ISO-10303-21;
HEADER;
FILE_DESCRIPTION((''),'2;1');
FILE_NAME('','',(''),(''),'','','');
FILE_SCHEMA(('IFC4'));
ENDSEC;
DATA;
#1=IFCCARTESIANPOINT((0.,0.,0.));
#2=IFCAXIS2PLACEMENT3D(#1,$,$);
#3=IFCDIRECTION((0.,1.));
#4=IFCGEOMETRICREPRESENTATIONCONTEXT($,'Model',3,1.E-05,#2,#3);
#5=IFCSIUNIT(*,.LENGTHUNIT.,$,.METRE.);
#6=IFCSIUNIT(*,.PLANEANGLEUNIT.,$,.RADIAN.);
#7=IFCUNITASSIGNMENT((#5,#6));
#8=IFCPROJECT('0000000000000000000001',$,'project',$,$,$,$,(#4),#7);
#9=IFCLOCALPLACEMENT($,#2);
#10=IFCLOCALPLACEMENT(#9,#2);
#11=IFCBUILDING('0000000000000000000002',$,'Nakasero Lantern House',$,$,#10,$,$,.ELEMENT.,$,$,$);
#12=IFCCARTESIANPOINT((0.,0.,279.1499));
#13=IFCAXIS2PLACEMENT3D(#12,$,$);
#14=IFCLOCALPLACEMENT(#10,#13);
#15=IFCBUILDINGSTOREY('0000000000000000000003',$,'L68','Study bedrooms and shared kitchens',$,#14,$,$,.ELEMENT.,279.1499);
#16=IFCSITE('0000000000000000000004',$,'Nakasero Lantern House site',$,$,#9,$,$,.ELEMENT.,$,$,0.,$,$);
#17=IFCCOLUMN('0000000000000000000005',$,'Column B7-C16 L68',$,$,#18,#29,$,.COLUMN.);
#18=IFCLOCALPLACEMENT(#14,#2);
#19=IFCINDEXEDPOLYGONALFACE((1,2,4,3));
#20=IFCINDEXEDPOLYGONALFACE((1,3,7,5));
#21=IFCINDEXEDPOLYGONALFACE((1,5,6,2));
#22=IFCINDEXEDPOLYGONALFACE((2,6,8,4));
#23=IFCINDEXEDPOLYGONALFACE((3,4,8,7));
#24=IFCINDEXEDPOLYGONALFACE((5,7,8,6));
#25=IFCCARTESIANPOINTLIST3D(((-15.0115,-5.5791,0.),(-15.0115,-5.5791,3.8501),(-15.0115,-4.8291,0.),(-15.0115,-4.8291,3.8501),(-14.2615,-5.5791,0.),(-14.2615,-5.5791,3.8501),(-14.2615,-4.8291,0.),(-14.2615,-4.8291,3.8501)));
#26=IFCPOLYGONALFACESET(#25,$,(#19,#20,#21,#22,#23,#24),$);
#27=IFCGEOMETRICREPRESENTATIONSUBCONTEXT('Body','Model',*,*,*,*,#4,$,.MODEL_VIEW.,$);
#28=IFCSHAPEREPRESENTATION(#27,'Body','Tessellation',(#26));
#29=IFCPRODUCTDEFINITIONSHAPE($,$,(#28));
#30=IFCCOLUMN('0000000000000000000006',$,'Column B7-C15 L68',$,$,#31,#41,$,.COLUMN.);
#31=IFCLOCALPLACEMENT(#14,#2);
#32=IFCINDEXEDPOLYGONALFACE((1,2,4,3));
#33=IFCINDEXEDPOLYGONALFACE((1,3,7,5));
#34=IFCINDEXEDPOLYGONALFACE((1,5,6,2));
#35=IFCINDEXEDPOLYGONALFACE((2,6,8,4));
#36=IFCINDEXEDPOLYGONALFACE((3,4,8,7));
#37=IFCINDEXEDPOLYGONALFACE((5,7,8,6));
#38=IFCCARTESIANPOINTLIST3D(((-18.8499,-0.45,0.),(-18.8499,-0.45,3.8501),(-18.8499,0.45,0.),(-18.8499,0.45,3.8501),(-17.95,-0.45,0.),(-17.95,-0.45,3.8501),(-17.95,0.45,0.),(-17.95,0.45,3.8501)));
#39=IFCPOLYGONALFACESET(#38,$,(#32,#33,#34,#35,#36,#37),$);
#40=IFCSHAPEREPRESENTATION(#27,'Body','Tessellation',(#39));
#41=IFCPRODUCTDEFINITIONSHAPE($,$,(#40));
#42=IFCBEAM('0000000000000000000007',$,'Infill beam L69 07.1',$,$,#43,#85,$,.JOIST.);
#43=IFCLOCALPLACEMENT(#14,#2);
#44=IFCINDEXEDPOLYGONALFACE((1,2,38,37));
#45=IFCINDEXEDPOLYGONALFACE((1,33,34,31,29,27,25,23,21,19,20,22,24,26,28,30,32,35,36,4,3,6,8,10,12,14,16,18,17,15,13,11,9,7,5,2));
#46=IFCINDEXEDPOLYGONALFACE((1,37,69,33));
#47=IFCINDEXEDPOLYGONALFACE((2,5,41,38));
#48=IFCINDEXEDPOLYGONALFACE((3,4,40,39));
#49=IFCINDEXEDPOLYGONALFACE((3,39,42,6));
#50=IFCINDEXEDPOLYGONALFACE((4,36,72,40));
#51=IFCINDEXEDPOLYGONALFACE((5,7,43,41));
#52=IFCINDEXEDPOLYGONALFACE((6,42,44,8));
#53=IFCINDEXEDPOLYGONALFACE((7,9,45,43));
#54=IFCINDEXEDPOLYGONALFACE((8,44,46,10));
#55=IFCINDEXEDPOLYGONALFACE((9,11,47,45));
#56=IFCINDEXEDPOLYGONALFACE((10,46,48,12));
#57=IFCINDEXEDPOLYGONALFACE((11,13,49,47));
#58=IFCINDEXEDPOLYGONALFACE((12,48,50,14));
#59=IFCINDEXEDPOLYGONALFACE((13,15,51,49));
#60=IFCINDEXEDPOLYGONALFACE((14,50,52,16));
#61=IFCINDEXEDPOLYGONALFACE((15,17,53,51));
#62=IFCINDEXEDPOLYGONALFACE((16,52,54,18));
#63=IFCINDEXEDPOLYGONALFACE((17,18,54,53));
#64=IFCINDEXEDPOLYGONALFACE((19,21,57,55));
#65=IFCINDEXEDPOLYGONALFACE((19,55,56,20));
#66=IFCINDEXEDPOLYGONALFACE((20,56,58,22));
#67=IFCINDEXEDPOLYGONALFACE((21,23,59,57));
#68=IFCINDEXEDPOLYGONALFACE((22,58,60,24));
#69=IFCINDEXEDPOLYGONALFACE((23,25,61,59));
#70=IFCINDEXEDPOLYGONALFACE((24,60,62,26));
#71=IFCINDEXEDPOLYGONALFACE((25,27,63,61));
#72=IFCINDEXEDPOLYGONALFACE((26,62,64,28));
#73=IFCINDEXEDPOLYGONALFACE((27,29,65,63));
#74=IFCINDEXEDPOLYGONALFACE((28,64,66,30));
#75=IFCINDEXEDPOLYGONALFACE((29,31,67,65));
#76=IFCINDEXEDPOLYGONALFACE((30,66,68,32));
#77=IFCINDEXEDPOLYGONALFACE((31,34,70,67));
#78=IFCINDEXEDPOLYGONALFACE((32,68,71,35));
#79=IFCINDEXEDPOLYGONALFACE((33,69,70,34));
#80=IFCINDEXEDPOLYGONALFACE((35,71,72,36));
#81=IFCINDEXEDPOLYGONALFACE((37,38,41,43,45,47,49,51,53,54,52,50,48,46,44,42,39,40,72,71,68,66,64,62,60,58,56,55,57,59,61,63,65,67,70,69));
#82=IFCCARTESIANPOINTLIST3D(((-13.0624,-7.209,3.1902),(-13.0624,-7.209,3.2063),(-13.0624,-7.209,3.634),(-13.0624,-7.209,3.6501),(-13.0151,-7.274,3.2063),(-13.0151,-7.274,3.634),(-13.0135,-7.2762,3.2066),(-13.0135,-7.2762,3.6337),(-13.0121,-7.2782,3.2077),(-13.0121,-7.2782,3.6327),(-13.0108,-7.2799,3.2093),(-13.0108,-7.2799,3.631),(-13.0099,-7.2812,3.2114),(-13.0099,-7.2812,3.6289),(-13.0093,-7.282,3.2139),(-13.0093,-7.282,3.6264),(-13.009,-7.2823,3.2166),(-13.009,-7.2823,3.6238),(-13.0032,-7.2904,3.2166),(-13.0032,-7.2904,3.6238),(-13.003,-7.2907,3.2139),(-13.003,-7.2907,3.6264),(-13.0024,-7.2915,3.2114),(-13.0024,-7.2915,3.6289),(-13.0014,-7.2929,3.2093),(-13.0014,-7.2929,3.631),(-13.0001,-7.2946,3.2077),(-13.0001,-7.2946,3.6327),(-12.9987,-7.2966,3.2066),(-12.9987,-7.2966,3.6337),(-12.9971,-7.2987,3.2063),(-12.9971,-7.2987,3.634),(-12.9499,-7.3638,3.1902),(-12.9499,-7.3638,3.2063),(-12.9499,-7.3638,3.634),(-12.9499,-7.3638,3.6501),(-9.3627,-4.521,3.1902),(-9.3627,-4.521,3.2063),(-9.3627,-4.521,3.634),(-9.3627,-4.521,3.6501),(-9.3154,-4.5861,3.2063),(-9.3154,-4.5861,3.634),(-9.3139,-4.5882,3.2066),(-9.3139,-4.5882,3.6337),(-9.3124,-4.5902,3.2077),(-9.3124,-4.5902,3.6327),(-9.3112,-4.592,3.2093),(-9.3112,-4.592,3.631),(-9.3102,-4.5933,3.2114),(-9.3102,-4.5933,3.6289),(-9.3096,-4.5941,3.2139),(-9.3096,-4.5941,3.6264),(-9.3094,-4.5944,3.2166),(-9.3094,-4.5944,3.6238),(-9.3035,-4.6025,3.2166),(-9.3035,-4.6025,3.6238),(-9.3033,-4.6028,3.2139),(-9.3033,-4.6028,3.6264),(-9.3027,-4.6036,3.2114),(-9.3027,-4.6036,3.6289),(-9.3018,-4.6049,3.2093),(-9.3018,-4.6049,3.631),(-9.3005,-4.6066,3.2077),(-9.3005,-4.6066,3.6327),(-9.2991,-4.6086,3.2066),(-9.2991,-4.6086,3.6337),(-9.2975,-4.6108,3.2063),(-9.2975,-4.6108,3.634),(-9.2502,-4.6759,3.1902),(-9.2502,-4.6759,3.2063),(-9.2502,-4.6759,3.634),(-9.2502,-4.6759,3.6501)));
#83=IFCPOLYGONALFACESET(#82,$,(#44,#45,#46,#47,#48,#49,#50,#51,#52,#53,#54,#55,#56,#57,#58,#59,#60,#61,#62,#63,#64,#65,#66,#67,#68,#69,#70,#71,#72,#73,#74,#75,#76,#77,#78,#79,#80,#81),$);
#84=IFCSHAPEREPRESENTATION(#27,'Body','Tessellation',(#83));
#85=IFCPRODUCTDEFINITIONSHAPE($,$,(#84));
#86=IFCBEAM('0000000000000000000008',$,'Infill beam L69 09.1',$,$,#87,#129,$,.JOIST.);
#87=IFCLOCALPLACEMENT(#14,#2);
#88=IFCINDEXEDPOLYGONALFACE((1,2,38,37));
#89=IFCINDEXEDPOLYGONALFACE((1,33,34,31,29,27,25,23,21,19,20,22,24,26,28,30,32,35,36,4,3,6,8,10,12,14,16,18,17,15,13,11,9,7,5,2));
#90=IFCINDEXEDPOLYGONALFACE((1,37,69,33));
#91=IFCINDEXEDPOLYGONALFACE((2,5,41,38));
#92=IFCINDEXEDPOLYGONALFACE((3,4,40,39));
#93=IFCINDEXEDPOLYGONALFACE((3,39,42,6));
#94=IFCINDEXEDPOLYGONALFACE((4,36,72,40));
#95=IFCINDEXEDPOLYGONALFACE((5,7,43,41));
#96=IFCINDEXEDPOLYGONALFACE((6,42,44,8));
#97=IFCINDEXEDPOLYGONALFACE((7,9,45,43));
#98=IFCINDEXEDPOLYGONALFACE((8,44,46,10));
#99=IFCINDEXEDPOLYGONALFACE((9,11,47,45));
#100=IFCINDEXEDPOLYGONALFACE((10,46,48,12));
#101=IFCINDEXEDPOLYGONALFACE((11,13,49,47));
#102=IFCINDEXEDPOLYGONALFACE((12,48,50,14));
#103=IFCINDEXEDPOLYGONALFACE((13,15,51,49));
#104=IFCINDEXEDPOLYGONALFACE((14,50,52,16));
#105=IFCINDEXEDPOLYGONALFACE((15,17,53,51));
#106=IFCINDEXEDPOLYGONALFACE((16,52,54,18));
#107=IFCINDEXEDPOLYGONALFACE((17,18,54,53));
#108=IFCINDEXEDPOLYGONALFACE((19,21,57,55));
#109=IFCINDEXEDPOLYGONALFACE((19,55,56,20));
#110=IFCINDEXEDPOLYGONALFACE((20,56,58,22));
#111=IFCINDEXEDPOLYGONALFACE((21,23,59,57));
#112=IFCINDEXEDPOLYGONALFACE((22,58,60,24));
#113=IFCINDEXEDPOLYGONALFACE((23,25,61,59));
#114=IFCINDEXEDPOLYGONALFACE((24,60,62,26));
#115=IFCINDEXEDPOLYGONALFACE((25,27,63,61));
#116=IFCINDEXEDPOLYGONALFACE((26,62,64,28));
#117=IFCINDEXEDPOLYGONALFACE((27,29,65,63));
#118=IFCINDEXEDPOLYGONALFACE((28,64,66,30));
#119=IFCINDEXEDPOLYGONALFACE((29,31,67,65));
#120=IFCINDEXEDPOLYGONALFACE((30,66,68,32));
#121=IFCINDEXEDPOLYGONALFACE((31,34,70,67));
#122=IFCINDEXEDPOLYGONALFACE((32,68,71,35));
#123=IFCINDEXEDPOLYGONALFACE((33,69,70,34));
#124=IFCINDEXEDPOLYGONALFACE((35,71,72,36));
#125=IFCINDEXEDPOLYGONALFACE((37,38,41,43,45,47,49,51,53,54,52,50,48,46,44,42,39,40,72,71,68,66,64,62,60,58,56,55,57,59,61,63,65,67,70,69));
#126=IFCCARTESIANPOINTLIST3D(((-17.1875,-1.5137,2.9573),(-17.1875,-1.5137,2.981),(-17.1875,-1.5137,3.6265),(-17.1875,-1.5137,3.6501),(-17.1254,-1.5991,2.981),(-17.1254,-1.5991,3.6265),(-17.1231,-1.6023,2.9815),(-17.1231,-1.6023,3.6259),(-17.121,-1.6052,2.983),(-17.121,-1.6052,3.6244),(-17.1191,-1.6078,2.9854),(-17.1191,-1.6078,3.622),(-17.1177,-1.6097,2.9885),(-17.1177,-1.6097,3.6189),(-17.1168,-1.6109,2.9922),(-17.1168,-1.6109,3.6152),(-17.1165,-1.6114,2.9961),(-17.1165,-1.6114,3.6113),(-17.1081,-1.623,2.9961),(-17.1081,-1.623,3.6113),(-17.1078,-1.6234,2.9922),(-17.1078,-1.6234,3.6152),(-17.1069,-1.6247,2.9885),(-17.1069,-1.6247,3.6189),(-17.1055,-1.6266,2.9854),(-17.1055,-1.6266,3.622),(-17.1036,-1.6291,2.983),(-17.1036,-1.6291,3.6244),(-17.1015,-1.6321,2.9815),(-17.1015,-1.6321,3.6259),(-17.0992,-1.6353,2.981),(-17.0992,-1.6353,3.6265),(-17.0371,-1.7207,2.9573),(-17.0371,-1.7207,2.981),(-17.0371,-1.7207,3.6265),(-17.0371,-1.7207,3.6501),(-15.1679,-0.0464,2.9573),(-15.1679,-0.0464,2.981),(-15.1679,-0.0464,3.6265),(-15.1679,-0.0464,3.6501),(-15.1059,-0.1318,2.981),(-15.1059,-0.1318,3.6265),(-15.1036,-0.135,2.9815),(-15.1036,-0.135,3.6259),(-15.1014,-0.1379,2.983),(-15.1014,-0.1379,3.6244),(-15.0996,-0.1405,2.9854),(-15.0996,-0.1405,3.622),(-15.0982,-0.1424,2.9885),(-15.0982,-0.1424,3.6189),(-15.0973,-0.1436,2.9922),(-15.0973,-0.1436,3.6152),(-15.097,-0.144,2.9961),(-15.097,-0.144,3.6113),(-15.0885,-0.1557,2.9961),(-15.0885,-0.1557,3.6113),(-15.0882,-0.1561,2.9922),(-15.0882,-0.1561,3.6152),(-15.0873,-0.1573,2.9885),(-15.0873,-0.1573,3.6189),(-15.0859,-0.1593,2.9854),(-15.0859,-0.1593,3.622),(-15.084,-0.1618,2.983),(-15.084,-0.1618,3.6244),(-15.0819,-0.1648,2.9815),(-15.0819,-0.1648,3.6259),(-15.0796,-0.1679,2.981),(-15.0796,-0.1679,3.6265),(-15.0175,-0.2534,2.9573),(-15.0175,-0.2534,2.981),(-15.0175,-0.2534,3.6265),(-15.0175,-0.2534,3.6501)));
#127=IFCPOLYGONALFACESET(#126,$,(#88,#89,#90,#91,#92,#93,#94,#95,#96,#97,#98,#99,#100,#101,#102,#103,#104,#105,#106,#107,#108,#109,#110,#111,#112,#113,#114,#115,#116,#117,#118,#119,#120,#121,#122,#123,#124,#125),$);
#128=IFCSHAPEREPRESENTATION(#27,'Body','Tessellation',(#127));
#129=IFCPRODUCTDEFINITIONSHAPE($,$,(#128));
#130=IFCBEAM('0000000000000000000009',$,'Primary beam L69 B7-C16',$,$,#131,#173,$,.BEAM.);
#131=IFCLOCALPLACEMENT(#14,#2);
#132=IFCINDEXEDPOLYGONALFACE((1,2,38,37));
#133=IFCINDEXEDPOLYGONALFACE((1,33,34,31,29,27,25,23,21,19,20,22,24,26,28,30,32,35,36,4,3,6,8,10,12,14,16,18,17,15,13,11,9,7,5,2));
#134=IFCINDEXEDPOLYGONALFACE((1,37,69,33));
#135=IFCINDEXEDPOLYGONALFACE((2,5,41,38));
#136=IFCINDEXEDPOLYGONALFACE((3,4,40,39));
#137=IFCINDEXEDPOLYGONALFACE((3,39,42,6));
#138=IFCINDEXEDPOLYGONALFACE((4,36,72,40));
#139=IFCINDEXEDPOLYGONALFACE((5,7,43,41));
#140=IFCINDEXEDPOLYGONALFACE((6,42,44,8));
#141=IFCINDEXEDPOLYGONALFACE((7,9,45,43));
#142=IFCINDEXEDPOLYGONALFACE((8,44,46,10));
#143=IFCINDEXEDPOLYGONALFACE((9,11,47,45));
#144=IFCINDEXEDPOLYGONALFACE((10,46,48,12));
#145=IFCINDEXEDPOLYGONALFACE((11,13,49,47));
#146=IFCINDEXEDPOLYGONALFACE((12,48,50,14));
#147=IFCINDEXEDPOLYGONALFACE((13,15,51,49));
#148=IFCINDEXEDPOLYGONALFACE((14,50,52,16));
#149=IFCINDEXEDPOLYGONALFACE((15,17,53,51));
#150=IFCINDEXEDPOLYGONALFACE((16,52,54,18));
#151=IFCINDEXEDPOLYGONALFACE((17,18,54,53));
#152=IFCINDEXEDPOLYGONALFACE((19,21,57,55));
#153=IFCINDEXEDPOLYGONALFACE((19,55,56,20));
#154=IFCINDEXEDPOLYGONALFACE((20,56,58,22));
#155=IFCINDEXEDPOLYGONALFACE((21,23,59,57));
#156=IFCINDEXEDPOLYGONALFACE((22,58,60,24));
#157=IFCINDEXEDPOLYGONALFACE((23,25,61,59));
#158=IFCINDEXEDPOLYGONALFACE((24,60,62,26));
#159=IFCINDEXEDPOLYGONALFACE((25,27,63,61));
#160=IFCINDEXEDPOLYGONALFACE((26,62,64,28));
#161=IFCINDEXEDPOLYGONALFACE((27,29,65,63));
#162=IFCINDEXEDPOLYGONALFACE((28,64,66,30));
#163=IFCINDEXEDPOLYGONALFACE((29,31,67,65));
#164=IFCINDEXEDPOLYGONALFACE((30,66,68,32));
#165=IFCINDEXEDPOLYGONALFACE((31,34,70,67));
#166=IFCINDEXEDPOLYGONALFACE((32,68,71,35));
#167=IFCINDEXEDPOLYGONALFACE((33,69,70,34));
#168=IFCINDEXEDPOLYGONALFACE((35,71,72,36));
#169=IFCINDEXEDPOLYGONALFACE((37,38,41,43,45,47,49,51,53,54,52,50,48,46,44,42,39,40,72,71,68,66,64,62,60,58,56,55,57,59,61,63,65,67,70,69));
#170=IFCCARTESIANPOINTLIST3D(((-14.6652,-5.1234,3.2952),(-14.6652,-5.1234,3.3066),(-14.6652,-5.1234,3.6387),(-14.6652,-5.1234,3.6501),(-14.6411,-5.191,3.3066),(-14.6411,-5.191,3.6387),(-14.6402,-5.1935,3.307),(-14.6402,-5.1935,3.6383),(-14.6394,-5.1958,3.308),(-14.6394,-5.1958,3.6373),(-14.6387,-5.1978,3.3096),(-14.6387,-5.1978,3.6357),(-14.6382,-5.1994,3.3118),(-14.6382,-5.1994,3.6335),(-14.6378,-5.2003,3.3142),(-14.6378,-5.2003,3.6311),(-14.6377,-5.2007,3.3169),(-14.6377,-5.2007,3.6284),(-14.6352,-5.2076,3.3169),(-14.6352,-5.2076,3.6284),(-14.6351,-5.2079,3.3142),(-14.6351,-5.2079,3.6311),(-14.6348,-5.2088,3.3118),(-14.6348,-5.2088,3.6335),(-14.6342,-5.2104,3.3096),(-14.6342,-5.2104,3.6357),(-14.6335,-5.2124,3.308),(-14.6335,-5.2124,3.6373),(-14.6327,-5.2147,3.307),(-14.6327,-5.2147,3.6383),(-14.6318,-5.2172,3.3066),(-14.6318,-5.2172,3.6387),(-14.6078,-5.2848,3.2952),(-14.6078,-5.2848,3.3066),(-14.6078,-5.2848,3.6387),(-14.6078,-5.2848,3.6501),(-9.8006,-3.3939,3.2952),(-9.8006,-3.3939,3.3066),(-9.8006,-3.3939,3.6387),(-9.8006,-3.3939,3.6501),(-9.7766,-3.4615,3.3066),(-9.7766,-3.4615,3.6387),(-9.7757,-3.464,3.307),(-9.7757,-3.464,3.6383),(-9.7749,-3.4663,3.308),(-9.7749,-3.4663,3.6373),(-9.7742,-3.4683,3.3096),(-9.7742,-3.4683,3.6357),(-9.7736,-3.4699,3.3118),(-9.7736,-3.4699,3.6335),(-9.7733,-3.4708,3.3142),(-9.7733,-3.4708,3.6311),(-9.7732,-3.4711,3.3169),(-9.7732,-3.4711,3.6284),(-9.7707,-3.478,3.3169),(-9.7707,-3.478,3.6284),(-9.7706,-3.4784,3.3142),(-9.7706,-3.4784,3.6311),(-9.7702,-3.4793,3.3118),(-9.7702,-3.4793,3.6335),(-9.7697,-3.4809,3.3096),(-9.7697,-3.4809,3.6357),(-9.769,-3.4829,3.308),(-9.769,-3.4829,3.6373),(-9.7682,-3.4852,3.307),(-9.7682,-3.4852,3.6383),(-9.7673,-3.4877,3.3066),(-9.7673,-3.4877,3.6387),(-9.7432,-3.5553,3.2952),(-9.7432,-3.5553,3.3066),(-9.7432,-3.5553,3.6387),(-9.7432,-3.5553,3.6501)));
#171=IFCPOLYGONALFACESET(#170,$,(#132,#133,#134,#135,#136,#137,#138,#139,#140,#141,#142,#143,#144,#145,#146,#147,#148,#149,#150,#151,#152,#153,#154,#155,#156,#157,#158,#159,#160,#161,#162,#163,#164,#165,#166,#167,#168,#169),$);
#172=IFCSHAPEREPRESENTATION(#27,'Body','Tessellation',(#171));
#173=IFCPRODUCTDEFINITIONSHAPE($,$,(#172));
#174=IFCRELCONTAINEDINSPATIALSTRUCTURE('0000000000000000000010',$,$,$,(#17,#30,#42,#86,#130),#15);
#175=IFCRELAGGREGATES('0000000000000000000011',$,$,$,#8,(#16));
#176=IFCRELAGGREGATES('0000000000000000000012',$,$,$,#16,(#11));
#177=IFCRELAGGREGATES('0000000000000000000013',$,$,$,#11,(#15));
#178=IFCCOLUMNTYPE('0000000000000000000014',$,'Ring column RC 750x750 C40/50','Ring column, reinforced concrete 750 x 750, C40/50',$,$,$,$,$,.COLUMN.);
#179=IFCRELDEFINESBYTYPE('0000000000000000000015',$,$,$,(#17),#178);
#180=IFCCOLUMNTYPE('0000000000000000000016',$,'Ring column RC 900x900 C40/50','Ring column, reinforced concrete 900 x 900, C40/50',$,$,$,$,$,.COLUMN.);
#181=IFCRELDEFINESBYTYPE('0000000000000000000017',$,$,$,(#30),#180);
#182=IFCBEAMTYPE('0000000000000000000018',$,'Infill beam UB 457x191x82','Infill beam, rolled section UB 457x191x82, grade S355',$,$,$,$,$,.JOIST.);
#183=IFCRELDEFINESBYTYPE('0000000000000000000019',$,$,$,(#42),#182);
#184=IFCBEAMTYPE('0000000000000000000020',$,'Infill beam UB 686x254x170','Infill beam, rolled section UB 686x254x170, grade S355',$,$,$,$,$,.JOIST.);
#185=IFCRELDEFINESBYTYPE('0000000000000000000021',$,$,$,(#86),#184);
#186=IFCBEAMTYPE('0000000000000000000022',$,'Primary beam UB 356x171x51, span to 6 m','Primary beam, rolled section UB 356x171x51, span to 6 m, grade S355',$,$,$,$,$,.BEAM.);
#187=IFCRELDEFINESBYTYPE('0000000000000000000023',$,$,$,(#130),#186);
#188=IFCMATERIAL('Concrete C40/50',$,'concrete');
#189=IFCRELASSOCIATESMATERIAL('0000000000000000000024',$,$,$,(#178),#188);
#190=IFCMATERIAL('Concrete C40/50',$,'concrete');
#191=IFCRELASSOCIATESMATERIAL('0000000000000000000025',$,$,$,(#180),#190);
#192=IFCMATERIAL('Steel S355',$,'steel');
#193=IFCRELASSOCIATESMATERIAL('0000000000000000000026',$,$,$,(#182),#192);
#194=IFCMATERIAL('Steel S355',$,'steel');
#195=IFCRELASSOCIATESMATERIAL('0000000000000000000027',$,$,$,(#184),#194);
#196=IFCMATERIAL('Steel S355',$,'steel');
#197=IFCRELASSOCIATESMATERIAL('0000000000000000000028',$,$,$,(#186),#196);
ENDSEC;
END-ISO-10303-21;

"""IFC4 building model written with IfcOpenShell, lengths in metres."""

from ifc_helpers import new_model, si_unit, direction, frame, origin, origin_2d, place, context, subcontext, project, spatial, rectangle, i_section, extrude, material, material_profile, profile_set, type_object, element, save


model = new_model("IFC4")

# Units and contexts
model_context = context("Model", 3, precision=1e-05, world=origin(), true_north=direction((0.0, 1.0)))
body_context = subcontext(model_context, "Body", "Model", "MODEL_VIEW")
ifc_project = project(units=[si_unit("LENGTHUNIT", "METRE"), si_unit("PLANEANGLEUNIT", "RADIAN")], contexts=[model_context])

# Site, building, storey
site_placement = place(None, origin())
site = spatial("IfcSite", under=ifc_project, at=site_placement, Name="Nakasero Lantern House site", CompositionType="ELEMENT", RefElevation=0.0)
building_placement = place(site_placement, origin())
building = spatial("IfcBuilding", under=site, at=building_placement, Name="Nakasero Lantern House", CompositionType="ELEMENT")
storey_placement = place(building_placement, frame((0.0, 0.0, 279.1499)))
storey = spatial("IfcBuildingStorey", under=building, at=storey_placement, Name="L68", Description="Study bedrooms and shared kitchens", CompositionType="ELEMENT", Elevation=279.1499)

# Columns
ifc_material_1 = material(Name="Concrete C40/50", Category="concrete")
ifc_material_profile_1 = material_profile(ifc_material_1, rectangle(XDim=0.75, YDim=0.75, at=origin_2d()), Name="RC 750x750")
ifc_profile_set_1 = profile_set([ifc_material_profile_1], Name="Concrete C40/50")
column_type_1 = type_object("IfcColumnType", Name="Ring column RC 750x750 C40/50", Description="Ring column, reinforced concrete 750 x 750, C40/50", PredefinedType="COLUMN", material=ifc_profile_set_1)
column_1_placement = place(storey_placement, frame((-14.6365, -5.2041, 0.0), z_axis=(0.0, 0.0, 1.0), x_axis=(1.0, 0.0, 0.0)))
element("IfcColumn", 1, at=column_1_placement, inside=storey, type_object=column_type_1, Name="Column B7-C16 L68", PredefinedType="COLUMN", context=body_context, shape_type="SweptSolid", body=[
    extrude(rectangle(XDim=0.75, YDim=0.75, at=origin_2d()), origin(), (0.0, 0.0, 1.0), 3.8501),
])
ifc_material_2 = material(Name="Concrete C40/50", Category="concrete")
ifc_material_profile_2 = material_profile(ifc_material_2, rectangle(XDim=0.8999, YDim=0.8999, at=origin_2d()), Name="RC 900x900")
ifc_profile_set_2 = profile_set([ifc_material_profile_2], Name="Concrete C40/50")
column_type_2 = type_object("IfcColumnType", Name="Ring column RC 900x900 C40/50", Description="Ring column, reinforced concrete 900 x 900, C40/50", PredefinedType="COLUMN", material=ifc_profile_set_2)
column_2_placement = place(storey_placement, frame((-18.3999, 0.0, 0.0), z_axis=(0.0, 0.0, 1.0), x_axis=(1.0, 0.0, 0.0)))
element("IfcColumn", 2, at=column_2_placement, inside=storey, type_object=column_type_2, Name="Column B7-C15 L68", PredefinedType="COLUMN", context=body_context, shape_type="SweptSolid", body=[
    extrude(rectangle(XDim=0.8999, YDim=0.8999, at=origin_2d()), origin(), (0.0, 0.0, 1.0), 3.8501),
])

# Beams
ifc_material_3 = material(Name="Steel S355", Category="steel")
ifc_material_profile_3 = material_profile(ifc_material_3, i_section(OverallWidth=0.1914, OverallDepth=0.46, WebThickness=0.01, FlangeThickness=0.0161, FilletRadius=0.0103, at=origin_2d()), Name="UB 457x191x82")
ifc_profile_set_3 = profile_set([ifc_material_profile_3], Name="Steel S355")
beam_type_1 = type_object("IfcBeamType", Name="Infill beam UB 457x191x82", Description="Infill beam, rolled section UB 457x191x82, grade S355", PredefinedType="JOIST", material=ifc_profile_set_3)
beam_1_placement = place(storey_placement, frame((-13.0061, -7.2864, 3.4202), z_axis=(0.809018, 0.587784, 0.0), x_axis=(-0.587784, 0.809018, 0.0)))
element("IfcBeam", 3, at=beam_1_placement, inside=storey, type_object=beam_type_1, Name="Infill beam L69 07.1", PredefinedType="JOIST", context=body_context, shape_type="SweptSolid", body=[
    extrude(i_section(OverallWidth=0.1914, OverallDepth=0.46, WebThickness=0.01, FlangeThickness=0.0161, FilletRadius=0.0103, at=origin_2d()), origin(), (0.0, 0.0, 1.0), 4.573),
])
ifc_material_4 = material(Name="Steel S355", Category="steel")
ifc_material_profile_4 = material_profile(ifc_material_4, i_section(OverallWidth=0.2559, OverallDepth=0.6929, WebThickness=0.0144, FlangeThickness=0.0237, FilletRadius=0.0151, at=origin_2d()), Name="UB 686x254x170")
ifc_profile_set_4 = profile_set([ifc_material_profile_4], Name="Steel S355")
beam_type_2 = type_object("IfcBeamType", Name="Infill beam UB 686x254x170", Description="Infill beam, rolled section UB 686x254x170, grade S355", PredefinedType="JOIST", material=ifc_profile_set_4)
beam_2_placement = place(storey_placement, frame((-17.1123, -1.6172, 3.3037), z_axis=(0.809015, 0.587788, 0.0), x_axis=(-0.587788, 0.809015, 0.0)))
element("IfcBeam", 4, at=beam_2_placement, inside=storey, type_object=beam_type_2, Name="Infill beam L69 09.1", PredefinedType="JOIST", context=body_context, shape_type="SweptSolid", body=[
    extrude(i_section(OverallWidth=0.2559, OverallDepth=0.6929, WebThickness=0.0144, FlangeThickness=0.0237, FilletRadius=0.0151, at=origin_2d()), origin(), (0.0, 0.0, 1.0), 2.4963),
])
ifc_material_5 = material(Name="Steel S355", Category="steel")
ifc_material_profile_5 = material_profile(ifc_material_5, i_section(OverallWidth=0.1714, OverallDepth=0.355, WebThickness=0.0073, FlangeThickness=0.0115, FilletRadius=0.0103, at=origin_2d()), Name="UB 356x171x51")
ifc_profile_set_5 = profile_set([ifc_material_profile_5], Name="Steel S355")
beam_type_3 = type_object("IfcBeamType", Name="Primary beam UB 356x171x51, span to 6 m", Description="Primary beam, rolled section UB 356x171x51, span to 6 m, grade S355", PredefinedType="BEAM", material=ifc_profile_set_5)
beam_3_placement = place(storey_placement, frame((-14.6365, -5.2041, 3.4727), z_axis=(0.942221, 0.334991, 0.0), x_axis=(-0.334991, 0.942221, 0.0)))
element("IfcBeam", 5, at=beam_3_placement, inside=storey, type_object=beam_type_3, Name="Primary beam L69 B7-C16", PredefinedType="BEAM", context=body_context, shape_type="SweptSolid", body=[
    extrude(i_section(OverallWidth=0.1714, OverallDepth=0.355, WebThickness=0.0073, FlangeThickness=0.0115, FilletRadius=0.0103, at=origin_2d()), origin(), (0.0, 0.0, 1.0), 5.1628),
])

save(model, "model.ifc")
